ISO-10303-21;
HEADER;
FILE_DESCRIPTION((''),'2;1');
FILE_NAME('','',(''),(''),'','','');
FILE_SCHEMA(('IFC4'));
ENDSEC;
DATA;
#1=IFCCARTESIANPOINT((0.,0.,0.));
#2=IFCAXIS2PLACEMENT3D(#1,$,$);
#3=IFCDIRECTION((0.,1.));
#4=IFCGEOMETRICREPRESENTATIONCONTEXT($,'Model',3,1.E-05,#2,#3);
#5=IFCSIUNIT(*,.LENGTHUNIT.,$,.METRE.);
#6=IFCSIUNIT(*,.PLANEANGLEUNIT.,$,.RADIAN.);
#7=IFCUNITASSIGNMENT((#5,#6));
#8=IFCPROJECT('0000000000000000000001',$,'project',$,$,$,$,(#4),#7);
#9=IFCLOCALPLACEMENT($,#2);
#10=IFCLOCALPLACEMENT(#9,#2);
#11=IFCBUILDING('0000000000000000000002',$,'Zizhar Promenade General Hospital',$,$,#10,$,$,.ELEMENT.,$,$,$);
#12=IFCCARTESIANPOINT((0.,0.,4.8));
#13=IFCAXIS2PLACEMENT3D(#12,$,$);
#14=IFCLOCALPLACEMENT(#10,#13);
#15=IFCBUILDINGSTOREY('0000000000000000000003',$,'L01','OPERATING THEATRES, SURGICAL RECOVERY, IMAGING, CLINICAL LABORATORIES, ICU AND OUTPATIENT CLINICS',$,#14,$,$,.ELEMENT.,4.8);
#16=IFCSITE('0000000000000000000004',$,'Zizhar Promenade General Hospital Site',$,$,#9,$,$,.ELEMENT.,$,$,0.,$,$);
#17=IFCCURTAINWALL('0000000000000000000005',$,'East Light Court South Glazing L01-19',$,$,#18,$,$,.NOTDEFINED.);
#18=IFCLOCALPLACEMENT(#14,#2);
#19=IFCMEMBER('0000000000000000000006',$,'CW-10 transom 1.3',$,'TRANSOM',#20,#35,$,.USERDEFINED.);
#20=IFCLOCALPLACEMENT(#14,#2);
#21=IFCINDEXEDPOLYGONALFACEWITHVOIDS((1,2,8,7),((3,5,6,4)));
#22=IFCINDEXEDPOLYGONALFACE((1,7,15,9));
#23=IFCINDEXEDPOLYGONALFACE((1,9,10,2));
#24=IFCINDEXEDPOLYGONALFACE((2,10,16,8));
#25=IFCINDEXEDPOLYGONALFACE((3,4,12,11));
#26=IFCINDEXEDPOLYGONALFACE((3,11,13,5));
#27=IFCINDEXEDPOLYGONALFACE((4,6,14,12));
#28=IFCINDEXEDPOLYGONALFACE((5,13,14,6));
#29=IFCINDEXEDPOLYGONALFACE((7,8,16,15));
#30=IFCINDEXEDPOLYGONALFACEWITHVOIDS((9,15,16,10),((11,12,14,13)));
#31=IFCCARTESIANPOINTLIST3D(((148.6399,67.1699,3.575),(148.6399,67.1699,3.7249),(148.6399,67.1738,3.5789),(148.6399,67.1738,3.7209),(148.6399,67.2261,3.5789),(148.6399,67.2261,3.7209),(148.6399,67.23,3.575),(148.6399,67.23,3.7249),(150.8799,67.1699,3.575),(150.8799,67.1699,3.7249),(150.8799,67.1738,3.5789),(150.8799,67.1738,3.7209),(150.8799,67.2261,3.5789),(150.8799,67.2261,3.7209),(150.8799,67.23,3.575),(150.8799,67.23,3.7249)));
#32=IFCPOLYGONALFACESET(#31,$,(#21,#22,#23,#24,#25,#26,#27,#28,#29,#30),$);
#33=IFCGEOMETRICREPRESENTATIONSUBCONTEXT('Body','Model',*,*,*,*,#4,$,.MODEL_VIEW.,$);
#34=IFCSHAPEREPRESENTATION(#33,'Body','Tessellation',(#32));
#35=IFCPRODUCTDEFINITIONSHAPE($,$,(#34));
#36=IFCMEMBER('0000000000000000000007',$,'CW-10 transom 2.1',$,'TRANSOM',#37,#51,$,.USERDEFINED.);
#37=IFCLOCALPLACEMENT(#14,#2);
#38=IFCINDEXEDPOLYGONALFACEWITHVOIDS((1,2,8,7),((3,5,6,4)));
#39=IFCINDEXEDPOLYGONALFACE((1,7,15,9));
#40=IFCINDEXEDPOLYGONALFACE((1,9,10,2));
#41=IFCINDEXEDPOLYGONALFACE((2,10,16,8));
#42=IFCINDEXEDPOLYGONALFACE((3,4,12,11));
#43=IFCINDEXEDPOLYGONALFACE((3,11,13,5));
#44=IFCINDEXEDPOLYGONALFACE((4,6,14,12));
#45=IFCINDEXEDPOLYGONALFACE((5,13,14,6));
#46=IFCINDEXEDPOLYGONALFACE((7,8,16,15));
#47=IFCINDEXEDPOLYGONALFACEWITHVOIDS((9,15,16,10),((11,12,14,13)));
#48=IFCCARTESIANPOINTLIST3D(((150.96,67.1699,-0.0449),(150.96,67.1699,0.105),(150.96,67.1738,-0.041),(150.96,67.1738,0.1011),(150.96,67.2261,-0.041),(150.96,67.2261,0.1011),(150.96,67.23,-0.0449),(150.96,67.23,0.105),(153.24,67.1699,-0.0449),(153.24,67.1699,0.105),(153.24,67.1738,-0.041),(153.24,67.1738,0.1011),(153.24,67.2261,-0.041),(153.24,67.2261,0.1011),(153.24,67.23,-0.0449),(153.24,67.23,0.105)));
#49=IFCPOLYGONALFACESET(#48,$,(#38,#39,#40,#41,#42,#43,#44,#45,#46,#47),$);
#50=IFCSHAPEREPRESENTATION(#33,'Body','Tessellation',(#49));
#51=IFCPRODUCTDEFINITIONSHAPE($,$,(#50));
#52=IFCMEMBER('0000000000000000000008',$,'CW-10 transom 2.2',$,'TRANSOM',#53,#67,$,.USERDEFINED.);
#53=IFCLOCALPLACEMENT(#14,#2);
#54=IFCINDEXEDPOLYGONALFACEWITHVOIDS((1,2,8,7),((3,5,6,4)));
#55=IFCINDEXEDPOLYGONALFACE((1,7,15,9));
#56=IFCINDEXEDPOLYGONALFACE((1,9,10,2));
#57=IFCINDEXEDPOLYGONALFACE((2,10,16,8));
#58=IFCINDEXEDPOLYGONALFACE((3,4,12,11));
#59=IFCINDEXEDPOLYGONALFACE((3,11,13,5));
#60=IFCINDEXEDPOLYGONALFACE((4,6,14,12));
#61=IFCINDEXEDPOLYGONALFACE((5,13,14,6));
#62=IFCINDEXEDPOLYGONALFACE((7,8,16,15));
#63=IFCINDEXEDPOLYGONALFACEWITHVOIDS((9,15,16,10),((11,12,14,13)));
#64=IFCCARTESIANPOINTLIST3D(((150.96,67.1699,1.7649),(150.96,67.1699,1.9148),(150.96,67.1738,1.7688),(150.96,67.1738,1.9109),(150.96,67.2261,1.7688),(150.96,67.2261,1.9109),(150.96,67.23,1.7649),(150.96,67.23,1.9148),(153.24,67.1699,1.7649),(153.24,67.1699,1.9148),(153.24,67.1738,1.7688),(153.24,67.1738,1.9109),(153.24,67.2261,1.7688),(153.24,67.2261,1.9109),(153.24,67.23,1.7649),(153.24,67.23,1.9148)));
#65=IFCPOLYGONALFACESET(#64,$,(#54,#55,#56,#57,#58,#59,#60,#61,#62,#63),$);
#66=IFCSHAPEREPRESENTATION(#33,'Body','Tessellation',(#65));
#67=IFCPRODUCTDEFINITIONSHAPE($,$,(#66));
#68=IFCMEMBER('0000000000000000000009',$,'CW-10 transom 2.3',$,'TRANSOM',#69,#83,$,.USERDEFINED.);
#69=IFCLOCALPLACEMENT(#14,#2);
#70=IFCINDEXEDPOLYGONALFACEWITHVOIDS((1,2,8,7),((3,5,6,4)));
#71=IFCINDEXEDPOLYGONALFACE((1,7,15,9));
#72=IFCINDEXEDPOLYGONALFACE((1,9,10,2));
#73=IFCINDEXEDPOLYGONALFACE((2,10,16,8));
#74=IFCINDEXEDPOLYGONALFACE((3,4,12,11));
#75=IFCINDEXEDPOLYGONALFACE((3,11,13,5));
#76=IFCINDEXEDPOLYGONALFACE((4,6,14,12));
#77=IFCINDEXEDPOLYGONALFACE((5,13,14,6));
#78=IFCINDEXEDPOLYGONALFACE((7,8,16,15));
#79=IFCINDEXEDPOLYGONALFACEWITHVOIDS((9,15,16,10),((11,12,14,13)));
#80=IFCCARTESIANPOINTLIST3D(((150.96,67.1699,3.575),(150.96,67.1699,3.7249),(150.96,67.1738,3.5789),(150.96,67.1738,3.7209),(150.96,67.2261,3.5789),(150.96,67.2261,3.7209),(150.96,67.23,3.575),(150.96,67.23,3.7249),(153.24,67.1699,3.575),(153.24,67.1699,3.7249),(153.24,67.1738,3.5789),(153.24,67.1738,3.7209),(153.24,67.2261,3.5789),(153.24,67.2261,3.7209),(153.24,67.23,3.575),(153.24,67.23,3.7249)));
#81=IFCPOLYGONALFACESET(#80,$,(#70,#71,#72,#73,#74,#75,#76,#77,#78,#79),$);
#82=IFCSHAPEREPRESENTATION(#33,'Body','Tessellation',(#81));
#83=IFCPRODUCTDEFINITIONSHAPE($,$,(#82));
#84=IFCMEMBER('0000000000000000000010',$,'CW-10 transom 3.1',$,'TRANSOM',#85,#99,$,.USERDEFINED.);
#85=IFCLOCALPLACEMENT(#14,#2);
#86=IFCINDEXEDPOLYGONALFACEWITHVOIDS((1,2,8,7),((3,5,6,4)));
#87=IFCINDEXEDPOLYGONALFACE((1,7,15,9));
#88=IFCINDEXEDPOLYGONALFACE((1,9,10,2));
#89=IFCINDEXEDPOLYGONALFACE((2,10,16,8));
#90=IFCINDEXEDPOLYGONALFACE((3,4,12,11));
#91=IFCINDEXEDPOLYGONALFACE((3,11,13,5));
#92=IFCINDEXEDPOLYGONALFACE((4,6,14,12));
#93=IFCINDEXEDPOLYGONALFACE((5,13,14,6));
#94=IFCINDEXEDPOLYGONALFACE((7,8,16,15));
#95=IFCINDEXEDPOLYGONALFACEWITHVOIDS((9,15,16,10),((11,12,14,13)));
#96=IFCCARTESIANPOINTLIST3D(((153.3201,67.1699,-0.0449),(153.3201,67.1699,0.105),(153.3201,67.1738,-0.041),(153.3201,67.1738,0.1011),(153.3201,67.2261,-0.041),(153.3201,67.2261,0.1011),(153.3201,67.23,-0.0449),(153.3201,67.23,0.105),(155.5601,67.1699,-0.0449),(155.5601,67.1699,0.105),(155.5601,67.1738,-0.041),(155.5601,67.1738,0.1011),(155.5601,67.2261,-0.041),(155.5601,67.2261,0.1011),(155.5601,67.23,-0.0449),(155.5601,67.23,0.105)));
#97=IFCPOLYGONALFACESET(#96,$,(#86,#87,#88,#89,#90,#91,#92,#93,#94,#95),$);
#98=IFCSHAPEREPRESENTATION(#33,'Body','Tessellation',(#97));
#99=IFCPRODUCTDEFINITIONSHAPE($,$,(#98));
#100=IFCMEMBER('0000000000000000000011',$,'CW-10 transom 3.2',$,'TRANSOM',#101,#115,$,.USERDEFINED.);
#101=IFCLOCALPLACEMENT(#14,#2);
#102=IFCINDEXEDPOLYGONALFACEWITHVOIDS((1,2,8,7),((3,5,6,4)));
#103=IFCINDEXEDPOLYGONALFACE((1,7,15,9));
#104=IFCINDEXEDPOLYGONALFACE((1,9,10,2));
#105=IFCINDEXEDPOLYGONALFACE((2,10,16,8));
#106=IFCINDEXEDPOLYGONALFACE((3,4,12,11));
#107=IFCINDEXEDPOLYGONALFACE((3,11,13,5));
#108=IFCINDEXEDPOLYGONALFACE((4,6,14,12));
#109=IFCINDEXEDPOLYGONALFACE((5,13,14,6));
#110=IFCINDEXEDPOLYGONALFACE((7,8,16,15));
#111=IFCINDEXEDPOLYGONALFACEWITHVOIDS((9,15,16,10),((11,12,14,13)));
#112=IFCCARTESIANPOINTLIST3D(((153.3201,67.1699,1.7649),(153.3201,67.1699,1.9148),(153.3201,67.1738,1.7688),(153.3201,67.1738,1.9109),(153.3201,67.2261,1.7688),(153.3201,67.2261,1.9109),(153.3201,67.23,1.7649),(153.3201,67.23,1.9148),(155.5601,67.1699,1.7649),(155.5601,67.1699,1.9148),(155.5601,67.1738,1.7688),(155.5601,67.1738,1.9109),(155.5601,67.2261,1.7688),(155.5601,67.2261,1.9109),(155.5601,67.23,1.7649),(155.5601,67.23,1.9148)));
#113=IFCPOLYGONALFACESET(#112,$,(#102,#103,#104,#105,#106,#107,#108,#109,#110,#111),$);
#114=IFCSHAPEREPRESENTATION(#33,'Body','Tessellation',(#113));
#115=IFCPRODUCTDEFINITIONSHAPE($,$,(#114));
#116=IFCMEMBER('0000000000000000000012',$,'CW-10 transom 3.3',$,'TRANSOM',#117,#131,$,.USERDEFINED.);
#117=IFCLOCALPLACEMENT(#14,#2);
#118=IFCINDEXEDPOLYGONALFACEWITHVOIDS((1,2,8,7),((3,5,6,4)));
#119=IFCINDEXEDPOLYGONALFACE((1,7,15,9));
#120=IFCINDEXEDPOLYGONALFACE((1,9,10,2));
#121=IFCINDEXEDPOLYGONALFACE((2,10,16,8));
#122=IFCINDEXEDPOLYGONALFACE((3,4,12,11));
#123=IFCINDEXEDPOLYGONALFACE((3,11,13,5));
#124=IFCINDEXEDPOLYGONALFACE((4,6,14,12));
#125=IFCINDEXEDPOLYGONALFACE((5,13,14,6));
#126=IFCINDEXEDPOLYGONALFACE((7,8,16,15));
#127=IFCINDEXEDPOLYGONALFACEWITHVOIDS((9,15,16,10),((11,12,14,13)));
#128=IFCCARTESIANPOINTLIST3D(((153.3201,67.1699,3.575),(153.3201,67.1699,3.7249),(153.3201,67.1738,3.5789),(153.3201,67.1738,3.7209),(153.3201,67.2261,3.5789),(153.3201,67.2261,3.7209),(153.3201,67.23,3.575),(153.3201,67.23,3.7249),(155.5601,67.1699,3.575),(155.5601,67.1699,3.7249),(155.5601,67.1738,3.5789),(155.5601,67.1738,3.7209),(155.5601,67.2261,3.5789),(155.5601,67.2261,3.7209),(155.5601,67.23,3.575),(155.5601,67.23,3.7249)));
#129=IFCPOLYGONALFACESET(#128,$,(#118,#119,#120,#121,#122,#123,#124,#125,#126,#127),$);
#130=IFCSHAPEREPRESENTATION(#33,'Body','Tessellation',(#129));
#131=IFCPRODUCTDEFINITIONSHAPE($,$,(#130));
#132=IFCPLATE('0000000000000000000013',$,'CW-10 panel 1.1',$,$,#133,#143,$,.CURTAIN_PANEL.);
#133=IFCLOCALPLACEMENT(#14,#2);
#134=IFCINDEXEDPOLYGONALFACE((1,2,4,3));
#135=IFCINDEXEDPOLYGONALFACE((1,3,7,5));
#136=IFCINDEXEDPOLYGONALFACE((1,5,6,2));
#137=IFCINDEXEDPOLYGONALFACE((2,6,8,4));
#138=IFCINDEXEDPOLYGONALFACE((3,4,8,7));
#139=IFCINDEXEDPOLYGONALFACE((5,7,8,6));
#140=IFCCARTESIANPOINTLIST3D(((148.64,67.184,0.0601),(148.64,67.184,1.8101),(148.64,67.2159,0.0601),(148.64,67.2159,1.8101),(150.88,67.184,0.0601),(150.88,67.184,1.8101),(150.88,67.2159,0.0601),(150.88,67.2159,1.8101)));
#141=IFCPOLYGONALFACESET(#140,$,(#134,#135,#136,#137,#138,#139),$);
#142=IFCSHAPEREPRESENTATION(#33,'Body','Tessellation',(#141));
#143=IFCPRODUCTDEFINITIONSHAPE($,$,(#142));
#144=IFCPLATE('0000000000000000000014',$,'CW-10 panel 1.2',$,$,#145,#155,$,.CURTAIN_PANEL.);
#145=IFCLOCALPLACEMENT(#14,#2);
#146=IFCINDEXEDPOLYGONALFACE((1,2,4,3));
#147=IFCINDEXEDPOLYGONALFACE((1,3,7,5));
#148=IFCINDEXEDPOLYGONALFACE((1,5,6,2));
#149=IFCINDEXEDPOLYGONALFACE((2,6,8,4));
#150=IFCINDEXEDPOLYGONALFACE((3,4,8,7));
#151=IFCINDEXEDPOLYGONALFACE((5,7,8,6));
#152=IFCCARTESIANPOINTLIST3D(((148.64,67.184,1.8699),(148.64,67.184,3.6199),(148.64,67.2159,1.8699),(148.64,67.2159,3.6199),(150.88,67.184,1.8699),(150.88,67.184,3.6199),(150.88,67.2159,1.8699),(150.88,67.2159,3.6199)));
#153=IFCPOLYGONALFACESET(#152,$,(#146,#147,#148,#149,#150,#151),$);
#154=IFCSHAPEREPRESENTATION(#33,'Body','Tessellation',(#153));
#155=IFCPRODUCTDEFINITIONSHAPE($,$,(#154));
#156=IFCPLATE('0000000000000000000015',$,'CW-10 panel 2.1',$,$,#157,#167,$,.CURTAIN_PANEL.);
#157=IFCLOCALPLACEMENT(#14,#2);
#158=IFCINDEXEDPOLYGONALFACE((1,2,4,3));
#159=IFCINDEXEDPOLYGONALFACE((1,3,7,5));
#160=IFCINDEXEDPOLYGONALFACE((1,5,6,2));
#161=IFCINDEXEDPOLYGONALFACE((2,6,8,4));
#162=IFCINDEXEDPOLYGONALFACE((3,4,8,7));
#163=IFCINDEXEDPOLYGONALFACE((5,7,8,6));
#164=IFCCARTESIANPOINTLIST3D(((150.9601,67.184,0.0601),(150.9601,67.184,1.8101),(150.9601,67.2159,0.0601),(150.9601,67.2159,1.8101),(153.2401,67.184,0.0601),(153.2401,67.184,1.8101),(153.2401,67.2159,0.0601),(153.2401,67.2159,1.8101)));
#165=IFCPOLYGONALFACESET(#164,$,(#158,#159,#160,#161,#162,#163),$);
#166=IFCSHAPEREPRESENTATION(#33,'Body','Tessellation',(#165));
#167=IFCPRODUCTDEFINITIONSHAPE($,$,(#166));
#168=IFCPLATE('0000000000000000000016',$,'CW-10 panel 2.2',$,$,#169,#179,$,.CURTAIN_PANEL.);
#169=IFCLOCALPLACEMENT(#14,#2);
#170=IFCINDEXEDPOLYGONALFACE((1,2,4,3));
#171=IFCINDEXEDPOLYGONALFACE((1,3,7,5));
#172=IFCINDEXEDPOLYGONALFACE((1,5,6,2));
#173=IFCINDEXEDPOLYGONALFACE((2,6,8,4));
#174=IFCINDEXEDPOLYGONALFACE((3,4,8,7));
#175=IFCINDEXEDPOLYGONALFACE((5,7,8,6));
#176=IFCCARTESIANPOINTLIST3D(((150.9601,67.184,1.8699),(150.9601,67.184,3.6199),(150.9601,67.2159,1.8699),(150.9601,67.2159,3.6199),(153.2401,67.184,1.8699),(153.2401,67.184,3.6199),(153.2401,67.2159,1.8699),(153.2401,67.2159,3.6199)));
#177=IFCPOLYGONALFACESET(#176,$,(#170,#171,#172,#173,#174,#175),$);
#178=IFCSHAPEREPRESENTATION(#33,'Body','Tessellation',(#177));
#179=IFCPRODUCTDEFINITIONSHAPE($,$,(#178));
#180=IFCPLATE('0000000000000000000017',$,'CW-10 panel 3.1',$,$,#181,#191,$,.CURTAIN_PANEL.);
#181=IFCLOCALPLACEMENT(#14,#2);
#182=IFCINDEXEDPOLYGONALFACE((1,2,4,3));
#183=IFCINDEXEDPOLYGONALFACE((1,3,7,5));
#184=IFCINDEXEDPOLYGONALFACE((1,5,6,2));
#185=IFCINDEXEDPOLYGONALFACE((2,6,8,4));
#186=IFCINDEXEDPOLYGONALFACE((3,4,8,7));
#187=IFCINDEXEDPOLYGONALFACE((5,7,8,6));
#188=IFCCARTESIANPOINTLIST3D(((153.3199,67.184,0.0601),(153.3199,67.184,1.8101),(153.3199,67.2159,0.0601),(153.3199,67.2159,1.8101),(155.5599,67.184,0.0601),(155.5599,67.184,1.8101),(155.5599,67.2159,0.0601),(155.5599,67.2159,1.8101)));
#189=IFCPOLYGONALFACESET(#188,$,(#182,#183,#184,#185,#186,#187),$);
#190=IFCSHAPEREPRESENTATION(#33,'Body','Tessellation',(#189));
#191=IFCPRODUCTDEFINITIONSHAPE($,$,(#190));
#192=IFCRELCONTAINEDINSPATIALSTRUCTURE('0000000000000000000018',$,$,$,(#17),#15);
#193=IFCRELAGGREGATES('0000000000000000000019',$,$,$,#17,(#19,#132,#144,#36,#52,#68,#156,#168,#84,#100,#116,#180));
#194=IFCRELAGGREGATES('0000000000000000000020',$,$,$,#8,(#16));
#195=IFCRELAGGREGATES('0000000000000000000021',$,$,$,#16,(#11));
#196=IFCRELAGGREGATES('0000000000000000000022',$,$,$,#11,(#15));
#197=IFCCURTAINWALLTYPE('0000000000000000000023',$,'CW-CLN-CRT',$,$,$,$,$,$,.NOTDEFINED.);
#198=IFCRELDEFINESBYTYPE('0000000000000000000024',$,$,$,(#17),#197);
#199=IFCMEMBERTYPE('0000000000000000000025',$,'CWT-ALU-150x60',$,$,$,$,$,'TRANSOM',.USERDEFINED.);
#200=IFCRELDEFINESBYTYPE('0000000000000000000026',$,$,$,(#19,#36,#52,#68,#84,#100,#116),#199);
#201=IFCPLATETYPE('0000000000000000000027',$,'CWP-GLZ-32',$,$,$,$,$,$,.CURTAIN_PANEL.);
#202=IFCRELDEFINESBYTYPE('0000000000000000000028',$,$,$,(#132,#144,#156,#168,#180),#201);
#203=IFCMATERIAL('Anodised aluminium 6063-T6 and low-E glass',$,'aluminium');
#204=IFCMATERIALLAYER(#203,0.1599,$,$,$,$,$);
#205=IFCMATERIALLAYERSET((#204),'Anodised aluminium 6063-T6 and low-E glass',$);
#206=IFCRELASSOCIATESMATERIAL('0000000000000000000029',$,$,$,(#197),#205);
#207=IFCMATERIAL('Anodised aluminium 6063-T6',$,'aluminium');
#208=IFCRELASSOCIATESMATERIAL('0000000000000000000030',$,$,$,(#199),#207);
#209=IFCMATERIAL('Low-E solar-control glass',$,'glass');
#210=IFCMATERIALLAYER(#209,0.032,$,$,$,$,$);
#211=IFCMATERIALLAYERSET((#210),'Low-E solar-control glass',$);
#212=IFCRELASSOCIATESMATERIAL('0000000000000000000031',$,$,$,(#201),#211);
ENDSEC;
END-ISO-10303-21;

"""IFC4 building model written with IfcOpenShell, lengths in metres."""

from ifc_helpers import new_model, si_unit, direction, frame, origin, origin_2d, place, context, subcontext, project, spatial, rectangle, hollow_rectangle, extrude, material, layer, layer_set, material_profile, profile_set, type_object, element, aggregate, save


model = new_model("IFC4")

# Units and contexts
model_context = context("Model", 3, precision=1e-05, world=origin(), true_north=direction((0.0, 1.0)))
body_context = subcontext(model_context, "Body", "Model", "MODEL_VIEW")
ifc_project = project(units=[si_unit("LENGTHUNIT", "METRE"), si_unit("PLANEANGLEUNIT", "RADIAN")], contexts=[model_context])

# Site, building, storey
site_placement = place(None, origin())
site = spatial("IfcSite", under=ifc_project, at=site_placement, Name="Zizhar Promenade General Hospital Site", CompositionType="ELEMENT", RefElevation=0.0)
building_placement = place(site_placement, origin())
building = spatial("IfcBuilding", under=site, at=building_placement, Name="Zizhar Promenade General Hospital", CompositionType="ELEMENT")
storey_placement = place(building_placement, frame((0.0, 0.0, 4.8)))
storey = spatial("IfcBuildingStorey", under=building, at=storey_placement, Name="L01", Description="OPERATING THEATRES, SURGICAL RECOVERY, IMAGING, CLINICAL LABORATORIES, ICU AND OUTPATIENT CLINICS", CompositionType="ELEMENT", Elevation=4.8)

# Curtain wall, members, plates
ifc_material_1 = material(Name="Anodised aluminium 6063-T6 and low-E glass", Category="aluminium")
ifc_layer_1 = layer(ifc_material_1, 0.1599)
ifc_layer_set_1 = layer_set([ifc_layer_1], Name="Anodised aluminium 6063-T6 and low-E glass")
curtain_wall_type = type_object("IfcCurtainWallType", Name="CW-CLN-CRT", PredefinedType="NOTDEFINED", material=ifc_layer_set_1)
curtain_wall_placement = place(storey_placement, origin())
curtain_wall = element("IfcCurtainWall", 1, at=curtain_wall_placement, inside=storey, type_object=curtain_wall_type, Name="East Light Court South Glazing L01-19", PredefinedType="NOTDEFINED")
ifc_material_2 = material(Name="Anodised aluminium 6063-T6", Category="aluminium")
ifc_material_profile_1 = material_profile(ifc_material_2, hollow_rectangle(XDim=0.0601, YDim=0.1499, WallThickness=0.0039, at=origin_2d()))
ifc_profile_set_1 = profile_set([ifc_material_profile_1], Name="Anodised aluminium 6063-T6")
member_type_1 = type_object("IfcMemberType", Name="CWT-ALU-150x60", ElementType="TRANSOM", PredefinedType="USERDEFINED", material=ifc_profile_set_1)
member_1_placement = place(storey_placement, frame((148.6399, 67.2, 3.6499), z_axis=(1.0, 0.0, 0.0), x_axis=(0.0, 1.0, 0.0)))
member_1 = element("IfcMember", 2, at=member_1_placement, type_object=member_type_1, Name="CW-10 transom 1.3", ObjectType="TRANSOM", PredefinedType="USERDEFINED", context=body_context, shape_type="SweptSolid", body=[
    extrude(hollow_rectangle(XDim=0.0601, YDim=0.1499, WallThickness=0.0039, at=origin_2d()), origin(), (0.0, 0.0, 1.0), 2.24),
])
member_2_placement = place(storey_placement, frame((150.96, 67.2, 0.03), z_axis=(1.0, 0.0, 0.0), x_axis=(0.0, 1.0, 0.0)))
member_2 = element("IfcMember", 3, at=member_2_placement, type_object=member_type_1, Name="CW-10 transom 2.1", ObjectType="TRANSOM", PredefinedType="USERDEFINED", context=body_context, shape_type="SweptSolid", body=[
    extrude(hollow_rectangle(XDim=0.0601, YDim=0.1499, WallThickness=0.0039, at=origin_2d()), origin(), (0.0, 0.0, 1.0), 2.28),
])
member_3_placement = place(storey_placement, frame((150.96, 67.2, 1.8398), z_axis=(1.0, 0.0, 0.0), x_axis=(0.0, 1.0, 0.0)))
member_3 = element("IfcMember", 4, at=member_3_placement, type_object=member_type_1, Name="CW-10 transom 2.2", ObjectType="TRANSOM", PredefinedType="USERDEFINED", context=body_context, shape_type="SweptSolid", body=[
    extrude(hollow_rectangle(XDim=0.0601, YDim=0.1499, WallThickness=0.0039, at=origin_2d()), origin(), (0.0, 0.0, 1.0), 2.28),
])
member_4_placement = place(storey_placement, frame((150.96, 67.2, 3.6499), z_axis=(1.0, 0.0, 0.0), x_axis=(0.0, 1.0, 0.0)))
member_4 = element("IfcMember", 5, at=member_4_placement, type_object=member_type_1, Name="CW-10 transom 2.3", ObjectType="TRANSOM", PredefinedType="USERDEFINED", context=body_context, shape_type="SweptSolid", body=[
    extrude(hollow_rectangle(XDim=0.0601, YDim=0.1499, WallThickness=0.0039, at=origin_2d()), origin(), (0.0, 0.0, 1.0), 2.28),
])
member_5_placement = place(storey_placement, frame((153.3201, 67.2, 0.03), z_axis=(1.0, 0.0, 0.0), x_axis=(0.0, 1.0, 0.0)))
member_5 = element("IfcMember", 6, at=member_5_placement, type_object=member_type_1, Name="CW-10 transom 3.1", ObjectType="TRANSOM", PredefinedType="USERDEFINED", context=body_context, shape_type="SweptSolid", body=[
    extrude(hollow_rectangle(XDim=0.0601, YDim=0.1499, WallThickness=0.0039, at=origin_2d()), origin(), (0.0, 0.0, 1.0), 2.24),
])
member_6_placement = place(storey_placement, frame((153.3201, 67.2, 1.8398), z_axis=(1.0, 0.0, 0.0), x_axis=(0.0, 1.0, 0.0)))
member_6 = element("IfcMember", 7, at=member_6_placement, type_object=member_type_1, Name="CW-10 transom 3.2", ObjectType="TRANSOM", PredefinedType="USERDEFINED", context=body_context, shape_type="SweptSolid", body=[
    extrude(hollow_rectangle(XDim=0.0601, YDim=0.1499, WallThickness=0.0039, at=origin_2d()), origin(), (0.0, 0.0, 1.0), 2.24),
])
member_7_placement = place(storey_placement, frame((153.3201, 67.2, 3.6499), z_axis=(1.0, 0.0, 0.0), x_axis=(0.0, 1.0, 0.0)))
member_7 = element("IfcMember", 8, at=member_7_placement, type_object=member_type_1, Name="CW-10 transom 3.3", ObjectType="TRANSOM", PredefinedType="USERDEFINED", context=body_context, shape_type="SweptSolid", body=[
    extrude(hollow_rectangle(XDim=0.0601, YDim=0.1499, WallThickness=0.0039, at=origin_2d()), origin(), (0.0, 0.0, 1.0), 2.24),
])
ifc_material_3 = material(Name="Low-E solar-control glass", Category="glass")
ifc_layer_2 = layer(ifc_material_3, 0.032)
ifc_layer_set_2 = layer_set([ifc_layer_2], Name="Low-E solar-control glass")
plate_type = type_object("IfcPlateType", Name="CWP-GLZ-32", PredefinedType="CURTAIN_PANEL", material=ifc_layer_set_2)
plate_1_placement = place(storey_placement, frame((149.76, 67.2, 0.0601), z_axis=(0.0, 0.0, 1.0), x_axis=(1.0, 0.0, 0.0)))
plate_1 = element("IfcPlate", 9, at=plate_1_placement, type_object=plate_type, Name="CW-10 panel 1.1", PredefinedType="CURTAIN_PANEL", context=body_context, shape_type="SweptSolid", body=[
    extrude(rectangle(XDim=2.24, YDim=0.032, at=origin_2d()), origin(), (0.0, 0.0, 1.0), 1.75),
])
plate_2_placement = place(storey_placement, frame((149.76, 67.2, 1.8699), z_axis=(0.0, 0.0, 1.0), x_axis=(1.0, 0.0, 0.0)))
plate_2 = element("IfcPlate", 10, at=plate_2_placement, type_object=plate_type, Name="CW-10 panel 1.2", PredefinedType="CURTAIN_PANEL", context=body_context, shape_type="SweptSolid", body=[
    extrude(rectangle(XDim=2.24, YDim=0.032, at=origin_2d()), origin(), (0.0, 0.0, 1.0), 1.75),
])
plate_3_placement = place(storey_placement, frame((152.1001, 67.2, 0.0601), z_axis=(0.0, 0.0, 1.0), x_axis=(1.0, 0.0, 0.0)))
plate_3 = element("IfcPlate", 11, at=plate_3_placement, type_object=plate_type, Name="CW-10 panel 2.1", PredefinedType="CURTAIN_PANEL", context=body_context, shape_type="SweptSolid", body=[
    extrude(rectangle(XDim=2.28, YDim=0.032, at=origin_2d()), origin(), (0.0, 0.0, 1.0), 1.75),
])
plate_4_placement = place(storey_placement, frame((152.1001, 67.2, 1.8699), z_axis=(0.0, 0.0, 1.0), x_axis=(1.0, 0.0, 0.0)))
plate_4 = element("IfcPlate", 12, at=plate_4_placement, type_object=plate_type, Name="CW-10 panel 2.2", PredefinedType="CURTAIN_PANEL", context=body_context, shape_type="SweptSolid", body=[
    extrude(rectangle(XDim=2.28, YDim=0.032, at=origin_2d()), origin(), (0.0, 0.0, 1.0), 1.75),
])
plate_5_placement = place(storey_placement, frame((154.4399, 67.2, 0.0601), z_axis=(0.0, 0.0, 1.0), x_axis=(1.0, 0.0, 0.0)))
plate_5 = element("IfcPlate", 13, at=plate_5_placement, type_object=plate_type, Name="CW-10 panel 3.1", PredefinedType="CURTAIN_PANEL", context=body_context, shape_type="SweptSolid", body=[
    extrude(rectangle(XDim=2.24, YDim=0.032, at=origin_2d()), origin(), (0.0, 0.0, 1.0), 1.75),
])
aggregate(curtain_wall, [member_1, plate_1, plate_2, member_2, member_3, member_4, plate_3, plate_4, member_5, member_6, member_7, plate_5])

save(model, "model.ifc")
